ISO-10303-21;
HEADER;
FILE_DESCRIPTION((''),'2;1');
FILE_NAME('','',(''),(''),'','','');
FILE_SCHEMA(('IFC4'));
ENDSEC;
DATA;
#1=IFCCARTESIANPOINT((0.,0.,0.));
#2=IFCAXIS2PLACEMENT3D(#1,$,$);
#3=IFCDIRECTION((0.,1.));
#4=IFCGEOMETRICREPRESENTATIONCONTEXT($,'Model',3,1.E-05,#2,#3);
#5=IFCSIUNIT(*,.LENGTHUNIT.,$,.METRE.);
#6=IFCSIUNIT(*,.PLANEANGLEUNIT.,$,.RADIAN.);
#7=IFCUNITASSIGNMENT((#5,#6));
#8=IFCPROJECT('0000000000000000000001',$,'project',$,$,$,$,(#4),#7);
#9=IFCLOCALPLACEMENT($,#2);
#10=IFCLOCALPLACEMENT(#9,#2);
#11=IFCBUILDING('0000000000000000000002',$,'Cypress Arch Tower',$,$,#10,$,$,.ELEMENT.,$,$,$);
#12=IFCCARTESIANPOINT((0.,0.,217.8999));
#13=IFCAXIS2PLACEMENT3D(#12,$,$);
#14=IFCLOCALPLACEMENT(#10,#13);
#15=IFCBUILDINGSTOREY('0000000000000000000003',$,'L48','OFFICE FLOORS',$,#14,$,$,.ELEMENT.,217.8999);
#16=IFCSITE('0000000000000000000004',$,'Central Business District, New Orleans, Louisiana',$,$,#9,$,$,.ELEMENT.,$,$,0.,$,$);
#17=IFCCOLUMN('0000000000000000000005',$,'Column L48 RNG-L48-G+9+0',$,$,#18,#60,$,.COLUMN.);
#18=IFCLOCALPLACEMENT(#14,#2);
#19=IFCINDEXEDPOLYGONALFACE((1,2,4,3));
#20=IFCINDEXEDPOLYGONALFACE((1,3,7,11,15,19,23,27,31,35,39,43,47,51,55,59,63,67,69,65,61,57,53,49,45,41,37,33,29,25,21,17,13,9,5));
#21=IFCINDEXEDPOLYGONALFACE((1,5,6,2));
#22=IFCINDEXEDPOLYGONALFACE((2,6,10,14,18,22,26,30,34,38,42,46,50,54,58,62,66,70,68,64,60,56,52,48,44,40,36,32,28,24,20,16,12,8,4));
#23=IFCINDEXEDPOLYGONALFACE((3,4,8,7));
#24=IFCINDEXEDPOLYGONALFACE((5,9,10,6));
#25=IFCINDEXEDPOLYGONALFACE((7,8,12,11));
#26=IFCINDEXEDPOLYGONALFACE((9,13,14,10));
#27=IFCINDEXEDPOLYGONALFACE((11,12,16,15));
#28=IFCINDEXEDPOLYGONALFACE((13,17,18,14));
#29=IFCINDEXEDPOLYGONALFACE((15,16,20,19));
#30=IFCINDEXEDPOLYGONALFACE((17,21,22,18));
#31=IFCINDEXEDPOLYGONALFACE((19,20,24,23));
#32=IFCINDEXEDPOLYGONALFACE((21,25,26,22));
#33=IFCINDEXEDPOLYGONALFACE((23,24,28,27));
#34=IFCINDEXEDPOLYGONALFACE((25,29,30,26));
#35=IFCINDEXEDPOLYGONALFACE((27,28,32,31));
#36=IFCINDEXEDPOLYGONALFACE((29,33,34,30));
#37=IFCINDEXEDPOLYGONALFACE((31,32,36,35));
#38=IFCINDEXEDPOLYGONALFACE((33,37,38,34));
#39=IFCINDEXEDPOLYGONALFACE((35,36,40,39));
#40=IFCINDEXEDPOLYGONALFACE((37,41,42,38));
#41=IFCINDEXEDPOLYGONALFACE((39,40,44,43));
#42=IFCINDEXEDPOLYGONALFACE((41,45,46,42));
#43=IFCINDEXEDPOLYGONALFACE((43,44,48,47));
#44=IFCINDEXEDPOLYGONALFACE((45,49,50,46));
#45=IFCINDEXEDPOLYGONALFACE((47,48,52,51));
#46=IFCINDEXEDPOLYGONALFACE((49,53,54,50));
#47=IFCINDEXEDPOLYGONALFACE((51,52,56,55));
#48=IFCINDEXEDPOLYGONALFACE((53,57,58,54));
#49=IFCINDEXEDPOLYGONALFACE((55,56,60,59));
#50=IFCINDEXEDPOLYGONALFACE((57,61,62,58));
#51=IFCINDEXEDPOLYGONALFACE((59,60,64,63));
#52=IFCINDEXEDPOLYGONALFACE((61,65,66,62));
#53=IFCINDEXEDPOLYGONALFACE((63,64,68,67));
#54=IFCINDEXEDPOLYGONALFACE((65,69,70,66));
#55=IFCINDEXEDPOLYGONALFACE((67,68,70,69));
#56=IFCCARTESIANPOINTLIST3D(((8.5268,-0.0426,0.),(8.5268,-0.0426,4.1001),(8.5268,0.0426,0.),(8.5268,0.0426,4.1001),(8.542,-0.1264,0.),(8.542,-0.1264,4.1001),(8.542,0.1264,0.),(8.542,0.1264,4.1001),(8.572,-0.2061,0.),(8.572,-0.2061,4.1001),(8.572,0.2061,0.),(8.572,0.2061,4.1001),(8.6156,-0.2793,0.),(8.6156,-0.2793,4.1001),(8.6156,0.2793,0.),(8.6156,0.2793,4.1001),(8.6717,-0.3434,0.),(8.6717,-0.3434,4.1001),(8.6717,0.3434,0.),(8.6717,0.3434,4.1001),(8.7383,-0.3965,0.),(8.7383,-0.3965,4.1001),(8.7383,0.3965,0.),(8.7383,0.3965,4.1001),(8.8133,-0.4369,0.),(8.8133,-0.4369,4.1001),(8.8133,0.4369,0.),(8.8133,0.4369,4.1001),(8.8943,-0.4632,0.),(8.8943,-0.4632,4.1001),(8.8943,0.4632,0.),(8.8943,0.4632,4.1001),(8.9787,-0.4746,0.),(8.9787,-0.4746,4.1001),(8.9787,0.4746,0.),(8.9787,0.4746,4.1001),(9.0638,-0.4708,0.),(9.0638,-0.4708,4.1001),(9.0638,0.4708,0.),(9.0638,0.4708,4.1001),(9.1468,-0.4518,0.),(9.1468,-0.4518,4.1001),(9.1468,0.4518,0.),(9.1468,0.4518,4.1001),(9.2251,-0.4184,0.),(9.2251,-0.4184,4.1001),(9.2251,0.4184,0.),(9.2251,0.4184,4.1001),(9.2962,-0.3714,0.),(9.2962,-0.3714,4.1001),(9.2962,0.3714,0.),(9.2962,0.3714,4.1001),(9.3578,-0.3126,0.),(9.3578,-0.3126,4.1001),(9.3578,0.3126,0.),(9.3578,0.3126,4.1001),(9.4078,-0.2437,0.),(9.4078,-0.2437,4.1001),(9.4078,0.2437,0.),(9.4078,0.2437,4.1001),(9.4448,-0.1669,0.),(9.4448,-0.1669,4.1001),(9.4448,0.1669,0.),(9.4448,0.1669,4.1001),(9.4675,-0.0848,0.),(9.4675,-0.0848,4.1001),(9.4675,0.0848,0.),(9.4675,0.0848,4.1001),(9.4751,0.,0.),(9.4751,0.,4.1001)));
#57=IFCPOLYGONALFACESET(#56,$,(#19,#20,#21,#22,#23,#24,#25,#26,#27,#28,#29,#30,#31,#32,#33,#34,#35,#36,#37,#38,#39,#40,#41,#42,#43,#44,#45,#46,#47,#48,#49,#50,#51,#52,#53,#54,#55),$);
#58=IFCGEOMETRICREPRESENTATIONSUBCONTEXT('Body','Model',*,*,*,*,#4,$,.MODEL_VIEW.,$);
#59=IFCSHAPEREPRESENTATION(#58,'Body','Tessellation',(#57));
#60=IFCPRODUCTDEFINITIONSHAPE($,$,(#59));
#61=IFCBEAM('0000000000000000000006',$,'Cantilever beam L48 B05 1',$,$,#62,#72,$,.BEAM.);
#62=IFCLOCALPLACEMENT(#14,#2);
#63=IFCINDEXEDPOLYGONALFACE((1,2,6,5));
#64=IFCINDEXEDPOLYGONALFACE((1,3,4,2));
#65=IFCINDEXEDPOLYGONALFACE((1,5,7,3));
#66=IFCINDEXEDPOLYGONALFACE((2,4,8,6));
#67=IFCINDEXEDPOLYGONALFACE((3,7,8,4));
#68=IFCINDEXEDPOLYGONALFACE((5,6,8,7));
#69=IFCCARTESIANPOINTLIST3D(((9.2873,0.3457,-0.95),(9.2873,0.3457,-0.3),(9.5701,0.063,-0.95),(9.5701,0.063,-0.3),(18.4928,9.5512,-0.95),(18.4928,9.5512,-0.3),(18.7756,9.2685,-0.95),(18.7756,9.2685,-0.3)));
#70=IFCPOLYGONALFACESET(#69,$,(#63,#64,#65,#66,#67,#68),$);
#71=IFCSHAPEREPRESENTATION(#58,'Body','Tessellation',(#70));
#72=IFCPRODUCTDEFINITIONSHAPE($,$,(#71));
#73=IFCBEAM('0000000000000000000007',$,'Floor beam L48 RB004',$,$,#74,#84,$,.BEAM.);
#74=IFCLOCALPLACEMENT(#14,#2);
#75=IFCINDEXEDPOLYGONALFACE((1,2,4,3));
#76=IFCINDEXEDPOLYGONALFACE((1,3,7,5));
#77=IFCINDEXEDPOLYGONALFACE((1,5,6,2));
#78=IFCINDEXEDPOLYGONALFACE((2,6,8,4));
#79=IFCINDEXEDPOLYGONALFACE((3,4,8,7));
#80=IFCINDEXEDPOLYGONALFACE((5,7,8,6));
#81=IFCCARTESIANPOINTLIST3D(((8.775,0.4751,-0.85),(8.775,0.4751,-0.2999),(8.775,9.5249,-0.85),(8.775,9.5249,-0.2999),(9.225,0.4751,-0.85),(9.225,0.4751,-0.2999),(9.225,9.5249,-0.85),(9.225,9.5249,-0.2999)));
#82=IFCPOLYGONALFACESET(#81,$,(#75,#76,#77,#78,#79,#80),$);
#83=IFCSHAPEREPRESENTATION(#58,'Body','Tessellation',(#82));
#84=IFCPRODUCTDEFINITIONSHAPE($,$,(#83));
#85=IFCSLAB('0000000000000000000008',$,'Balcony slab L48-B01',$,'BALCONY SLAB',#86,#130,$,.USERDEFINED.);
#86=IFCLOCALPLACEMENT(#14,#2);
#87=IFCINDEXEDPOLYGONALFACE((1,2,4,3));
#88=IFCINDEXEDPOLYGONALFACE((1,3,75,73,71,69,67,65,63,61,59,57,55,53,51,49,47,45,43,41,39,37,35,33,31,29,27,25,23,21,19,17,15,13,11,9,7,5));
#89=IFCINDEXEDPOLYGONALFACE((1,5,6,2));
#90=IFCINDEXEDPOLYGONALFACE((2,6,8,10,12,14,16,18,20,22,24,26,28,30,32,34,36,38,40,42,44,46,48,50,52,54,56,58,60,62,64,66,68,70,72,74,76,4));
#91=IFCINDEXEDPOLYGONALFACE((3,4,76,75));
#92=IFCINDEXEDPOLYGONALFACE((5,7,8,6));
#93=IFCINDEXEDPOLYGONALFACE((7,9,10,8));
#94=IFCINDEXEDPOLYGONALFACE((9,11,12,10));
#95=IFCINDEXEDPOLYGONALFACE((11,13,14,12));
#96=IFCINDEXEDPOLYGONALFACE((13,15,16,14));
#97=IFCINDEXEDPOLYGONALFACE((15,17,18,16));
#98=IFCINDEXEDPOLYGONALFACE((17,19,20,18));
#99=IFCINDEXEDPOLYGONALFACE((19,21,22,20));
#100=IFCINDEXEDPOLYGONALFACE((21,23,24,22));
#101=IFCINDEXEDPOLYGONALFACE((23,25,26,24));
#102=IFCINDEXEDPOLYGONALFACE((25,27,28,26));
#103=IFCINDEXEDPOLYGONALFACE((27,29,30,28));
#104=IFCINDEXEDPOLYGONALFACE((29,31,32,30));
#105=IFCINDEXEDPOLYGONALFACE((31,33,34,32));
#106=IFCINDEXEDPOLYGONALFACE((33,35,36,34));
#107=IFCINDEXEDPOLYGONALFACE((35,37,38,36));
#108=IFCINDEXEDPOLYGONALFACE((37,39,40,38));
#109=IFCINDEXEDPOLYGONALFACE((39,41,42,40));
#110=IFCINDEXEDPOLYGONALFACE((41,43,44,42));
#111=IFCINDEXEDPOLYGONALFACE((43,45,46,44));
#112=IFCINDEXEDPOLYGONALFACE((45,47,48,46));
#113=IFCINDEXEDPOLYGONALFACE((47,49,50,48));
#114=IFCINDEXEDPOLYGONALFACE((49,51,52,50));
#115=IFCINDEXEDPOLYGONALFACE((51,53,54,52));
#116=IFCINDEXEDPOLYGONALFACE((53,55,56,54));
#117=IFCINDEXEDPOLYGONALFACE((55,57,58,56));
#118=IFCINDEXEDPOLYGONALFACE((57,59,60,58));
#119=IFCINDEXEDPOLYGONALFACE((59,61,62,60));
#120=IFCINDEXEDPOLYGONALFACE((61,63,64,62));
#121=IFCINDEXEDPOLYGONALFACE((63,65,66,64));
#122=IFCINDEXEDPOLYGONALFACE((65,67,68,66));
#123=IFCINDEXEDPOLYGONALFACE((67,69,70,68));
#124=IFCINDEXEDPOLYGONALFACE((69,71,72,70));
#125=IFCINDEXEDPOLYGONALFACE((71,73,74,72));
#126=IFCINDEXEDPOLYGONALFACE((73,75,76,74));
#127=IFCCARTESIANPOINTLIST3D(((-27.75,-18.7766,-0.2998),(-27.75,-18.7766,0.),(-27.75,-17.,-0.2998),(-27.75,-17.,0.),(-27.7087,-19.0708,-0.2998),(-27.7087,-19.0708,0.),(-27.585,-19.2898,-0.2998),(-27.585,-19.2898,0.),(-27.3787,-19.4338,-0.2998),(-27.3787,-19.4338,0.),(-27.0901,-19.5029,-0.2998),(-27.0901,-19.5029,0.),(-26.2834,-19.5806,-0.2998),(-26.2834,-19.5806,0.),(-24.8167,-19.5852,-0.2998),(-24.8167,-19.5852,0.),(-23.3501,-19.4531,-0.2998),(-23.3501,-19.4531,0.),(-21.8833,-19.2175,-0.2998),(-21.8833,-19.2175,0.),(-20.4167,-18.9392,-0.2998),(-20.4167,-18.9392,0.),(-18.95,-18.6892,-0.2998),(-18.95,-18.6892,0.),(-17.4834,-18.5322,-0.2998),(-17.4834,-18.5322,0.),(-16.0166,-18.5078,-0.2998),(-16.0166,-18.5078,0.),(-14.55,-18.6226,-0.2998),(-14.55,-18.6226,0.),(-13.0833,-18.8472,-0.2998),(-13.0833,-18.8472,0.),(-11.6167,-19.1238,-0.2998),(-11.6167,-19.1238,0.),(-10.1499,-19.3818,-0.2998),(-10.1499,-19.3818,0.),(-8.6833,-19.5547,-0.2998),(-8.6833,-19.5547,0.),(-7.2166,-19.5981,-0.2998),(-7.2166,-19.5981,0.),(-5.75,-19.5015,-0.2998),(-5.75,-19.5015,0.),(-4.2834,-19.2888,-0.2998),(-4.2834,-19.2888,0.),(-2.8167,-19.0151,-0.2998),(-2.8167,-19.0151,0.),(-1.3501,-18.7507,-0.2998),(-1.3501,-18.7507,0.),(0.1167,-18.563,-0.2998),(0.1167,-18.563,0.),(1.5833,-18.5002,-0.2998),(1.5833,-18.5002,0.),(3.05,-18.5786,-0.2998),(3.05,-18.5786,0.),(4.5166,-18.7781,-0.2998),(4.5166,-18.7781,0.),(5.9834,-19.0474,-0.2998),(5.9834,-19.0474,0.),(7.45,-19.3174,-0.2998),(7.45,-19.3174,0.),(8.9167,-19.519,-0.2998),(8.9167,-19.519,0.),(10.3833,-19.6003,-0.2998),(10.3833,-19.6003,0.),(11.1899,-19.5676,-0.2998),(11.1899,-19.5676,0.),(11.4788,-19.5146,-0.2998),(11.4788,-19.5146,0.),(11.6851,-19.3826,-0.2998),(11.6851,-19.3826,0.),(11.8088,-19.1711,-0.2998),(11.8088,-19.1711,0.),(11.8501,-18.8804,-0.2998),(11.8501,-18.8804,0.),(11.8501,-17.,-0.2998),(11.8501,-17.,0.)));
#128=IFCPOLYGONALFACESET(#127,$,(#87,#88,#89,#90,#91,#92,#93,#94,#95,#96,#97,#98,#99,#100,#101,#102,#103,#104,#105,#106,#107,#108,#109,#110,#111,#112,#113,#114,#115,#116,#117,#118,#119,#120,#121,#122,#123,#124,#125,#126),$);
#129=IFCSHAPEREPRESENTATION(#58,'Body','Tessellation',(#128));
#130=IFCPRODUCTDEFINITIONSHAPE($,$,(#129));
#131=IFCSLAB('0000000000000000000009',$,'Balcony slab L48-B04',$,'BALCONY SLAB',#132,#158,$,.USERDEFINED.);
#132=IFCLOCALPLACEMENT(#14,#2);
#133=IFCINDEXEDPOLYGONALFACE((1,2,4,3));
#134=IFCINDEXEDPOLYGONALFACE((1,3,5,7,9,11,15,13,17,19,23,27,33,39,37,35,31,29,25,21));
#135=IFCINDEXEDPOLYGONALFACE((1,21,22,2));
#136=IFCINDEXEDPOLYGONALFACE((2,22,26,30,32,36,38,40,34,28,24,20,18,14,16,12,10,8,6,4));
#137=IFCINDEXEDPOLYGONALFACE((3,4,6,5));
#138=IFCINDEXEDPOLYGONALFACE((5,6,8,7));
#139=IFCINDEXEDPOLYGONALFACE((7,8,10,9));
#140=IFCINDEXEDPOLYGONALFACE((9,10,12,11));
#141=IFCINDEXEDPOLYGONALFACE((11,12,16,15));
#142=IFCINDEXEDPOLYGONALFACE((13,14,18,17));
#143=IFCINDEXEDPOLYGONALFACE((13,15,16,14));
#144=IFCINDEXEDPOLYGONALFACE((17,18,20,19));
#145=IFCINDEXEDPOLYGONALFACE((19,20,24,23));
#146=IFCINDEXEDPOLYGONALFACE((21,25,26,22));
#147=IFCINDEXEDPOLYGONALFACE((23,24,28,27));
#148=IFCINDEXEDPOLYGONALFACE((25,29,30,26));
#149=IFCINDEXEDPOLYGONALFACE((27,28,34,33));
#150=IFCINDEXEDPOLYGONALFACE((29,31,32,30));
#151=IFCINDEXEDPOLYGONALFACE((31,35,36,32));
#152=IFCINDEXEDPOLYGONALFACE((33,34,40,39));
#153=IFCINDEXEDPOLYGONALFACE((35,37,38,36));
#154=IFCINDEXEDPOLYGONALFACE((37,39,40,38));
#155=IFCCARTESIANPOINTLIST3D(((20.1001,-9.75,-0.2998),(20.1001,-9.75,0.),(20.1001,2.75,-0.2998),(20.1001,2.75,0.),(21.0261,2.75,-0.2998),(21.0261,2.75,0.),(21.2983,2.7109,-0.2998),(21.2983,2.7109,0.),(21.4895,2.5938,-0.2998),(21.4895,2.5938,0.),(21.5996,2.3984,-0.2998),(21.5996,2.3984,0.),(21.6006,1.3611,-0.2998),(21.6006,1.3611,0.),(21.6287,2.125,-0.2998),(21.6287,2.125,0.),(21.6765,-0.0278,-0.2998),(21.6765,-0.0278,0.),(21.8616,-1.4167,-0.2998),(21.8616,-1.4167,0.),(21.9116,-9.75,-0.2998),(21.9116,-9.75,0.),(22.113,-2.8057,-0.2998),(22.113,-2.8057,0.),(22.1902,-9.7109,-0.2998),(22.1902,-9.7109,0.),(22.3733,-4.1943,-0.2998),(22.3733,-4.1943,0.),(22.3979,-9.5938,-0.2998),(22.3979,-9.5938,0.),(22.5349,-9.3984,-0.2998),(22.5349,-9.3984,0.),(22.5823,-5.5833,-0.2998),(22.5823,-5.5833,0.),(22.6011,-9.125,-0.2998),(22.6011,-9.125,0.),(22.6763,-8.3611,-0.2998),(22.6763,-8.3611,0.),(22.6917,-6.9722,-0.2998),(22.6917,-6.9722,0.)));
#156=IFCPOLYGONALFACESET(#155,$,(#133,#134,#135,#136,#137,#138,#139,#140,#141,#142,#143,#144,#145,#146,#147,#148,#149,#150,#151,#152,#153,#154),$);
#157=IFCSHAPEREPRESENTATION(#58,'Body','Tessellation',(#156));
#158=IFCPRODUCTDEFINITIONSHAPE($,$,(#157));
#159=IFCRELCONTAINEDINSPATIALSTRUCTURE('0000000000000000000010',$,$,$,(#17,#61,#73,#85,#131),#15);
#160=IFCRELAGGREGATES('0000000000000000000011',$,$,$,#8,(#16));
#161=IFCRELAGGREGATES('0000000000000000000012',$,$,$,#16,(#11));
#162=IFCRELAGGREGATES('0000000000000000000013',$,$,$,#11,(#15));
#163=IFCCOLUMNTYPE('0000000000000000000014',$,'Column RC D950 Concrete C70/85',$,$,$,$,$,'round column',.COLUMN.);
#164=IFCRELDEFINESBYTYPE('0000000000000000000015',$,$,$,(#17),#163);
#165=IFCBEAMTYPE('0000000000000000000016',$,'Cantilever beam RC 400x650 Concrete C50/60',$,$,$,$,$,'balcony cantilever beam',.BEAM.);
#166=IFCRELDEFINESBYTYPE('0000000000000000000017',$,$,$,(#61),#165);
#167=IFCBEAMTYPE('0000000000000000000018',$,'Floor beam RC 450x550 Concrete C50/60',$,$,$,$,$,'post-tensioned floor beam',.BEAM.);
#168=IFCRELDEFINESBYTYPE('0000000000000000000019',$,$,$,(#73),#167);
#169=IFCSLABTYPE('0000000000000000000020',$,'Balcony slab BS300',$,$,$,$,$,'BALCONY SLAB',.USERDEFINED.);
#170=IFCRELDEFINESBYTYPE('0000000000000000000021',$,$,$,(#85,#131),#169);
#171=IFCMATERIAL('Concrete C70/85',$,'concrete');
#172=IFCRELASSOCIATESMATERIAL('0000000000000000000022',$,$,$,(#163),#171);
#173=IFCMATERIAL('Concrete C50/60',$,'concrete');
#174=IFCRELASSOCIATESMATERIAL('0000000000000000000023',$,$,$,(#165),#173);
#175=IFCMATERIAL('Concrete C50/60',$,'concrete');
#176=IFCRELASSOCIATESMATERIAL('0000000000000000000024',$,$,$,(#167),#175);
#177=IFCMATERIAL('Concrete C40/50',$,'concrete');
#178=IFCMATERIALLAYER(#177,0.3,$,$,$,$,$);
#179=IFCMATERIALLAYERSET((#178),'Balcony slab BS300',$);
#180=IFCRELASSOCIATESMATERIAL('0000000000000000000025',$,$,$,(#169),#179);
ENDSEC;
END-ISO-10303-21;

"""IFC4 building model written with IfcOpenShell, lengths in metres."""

from ifc_helpers import new_model, si_unit, direction, frame, origin, origin_2d, place, context, subcontext, project, spatial, polyline, rectangle, circle, outline, extrude, material, layer, layer_set, material_profile, profile_set, type_object, element, save


model = new_model("IFC4")

# Units and contexts
model_context = context("Model", 3, precision=1e-05, world=origin(), true_north=direction((0.0, 1.0)))
body_context = subcontext(model_context, "Body", "Model", "MODEL_VIEW")
ifc_project = project(units=[si_unit("LENGTHUNIT", "METRE"), si_unit("PLANEANGLEUNIT", "RADIAN")], contexts=[model_context])

# Site, building, storey
site_placement = place(None, origin())
site = spatial("IfcSite", under=ifc_project, at=site_placement, Name="Central Business District, New Orleans, Louisiana", CompositionType="ELEMENT", RefElevation=0.0)
building_placement = place(site_placement, origin())
building = spatial("IfcBuilding", under=site, at=building_placement, Name="Cypress Arch Tower", CompositionType="ELEMENT")
storey_placement = place(building_placement, frame((0.0, 0.0, 217.8999)))
storey = spatial("IfcBuildingStorey", under=building, at=storey_placement, Name="L48", Description="OFFICE FLOORS", CompositionType="ELEMENT", Elevation=217.8999)

# Column
ifc_material_1 = material(Name="Concrete C70/85", Category="concrete")
ifc_material_profile_1 = material_profile(ifc_material_1, circle(Radius=0.4751, at=origin_2d()), Name="RC D950")
ifc_profile_set_1 = profile_set([ifc_material_profile_1], Name="Concrete C70/85")
column_type = type_object("IfcColumnType", Name="Column RC D950 Concrete C70/85", ElementType="round column", PredefinedType="COLUMN", material=ifc_profile_set_1)
column_placement = place(storey_placement, frame((9.0, 0.0, 0.0), z_axis=(0.0, 0.0, 1.0), x_axis=(1.0, 0.0, 0.0)))
element("IfcColumn", 1, at=column_placement, inside=storey, type_object=column_type, Name="Column L48 RNG-L48-G+9+0", PredefinedType="COLUMN", context=body_context, shape_type="SweptSolid", body=[
    extrude(circle(Radius=0.4751, at=origin_2d()), origin(), (0.0, 0.0, 1.0), 4.1001),
])

# Beams
ifc_material_2 = material(Name="Concrete C50/60", Category="concrete")
ifc_material_profile_2 = material_profile(ifc_material_2, rectangle(XDim=0.3999, YDim=0.6499, at=origin_2d()), Name="RC 400x650")
ifc_profile_set_2 = profile_set([ifc_material_profile_2], Name="Concrete C50/60")
beam_type_1 = type_object("IfcBeamType", Name="Cantilever beam RC 400x650 Concrete C50/60", ElementType="balcony cantilever beam", PredefinedType="BEAM", material=ifc_profile_set_2)
beam_1_placement = place(storey_placement, frame((9.4287, 0.2043, -0.625), z_axis=(0.707107, 0.707107, 0.0), x_axis=(-0.707107, 0.707107, 0.0)))
element("IfcBeam", 2, at=beam_1_placement, inside=storey, type_object=beam_type_1, Name="Cantilever beam L48 B05 1", PredefinedType="BEAM", context=body_context, shape_type="SweptSolid", body=[
    extrude(rectangle(XDim=0.3999, YDim=0.6499, at=origin_2d()), origin(), (0.0, 0.0, 1.0), 13.0186),
])
ifc_material_3 = material(Name="Concrete C50/60", Category="concrete")
ifc_material_profile_3 = material_profile(ifc_material_3, rectangle(XDim=0.45, YDim=0.55, at=origin_2d()), Name="RC 450x550")
ifc_profile_set_3 = profile_set([ifc_material_profile_3], Name="Concrete C50/60")
beam_type_2 = type_object("IfcBeamType", Name="Floor beam RC 450x550 Concrete C50/60", ElementType="post-tensioned floor beam", PredefinedType="BEAM", material=ifc_profile_set_3)
beam_2_placement = place(storey_placement, frame((9.0, 0.4751, -0.575), z_axis=(0.0, 1.0, 0.0), x_axis=(-1.0, 0.0, 0.0)))
element("IfcBeam", 3, at=beam_2_placement, inside=storey, type_object=beam_type_2, Name="Floor beam L48 RB004", PredefinedType="BEAM", context=body_context, shape_type="SweptSolid", body=[
    extrude(rectangle(XDim=0.45, YDim=0.55, at=origin_2d()), origin(), (0.0, 0.0, 1.0), 9.0498),
])

# Slabs
ifc_material_4 = material(Name="Concrete C40/50", Category="concrete")
ifc_layer_1 = layer(ifc_material_4, 0.3)
ifc_layer_set_1 = layer_set([ifc_layer_1], Name="Balcony slab BS300")
slab_type_1 = type_object("IfcSlabType", Name="Balcony slab BS300", ElementType="BALCONY SLAB", PredefinedType="USERDEFINED", material=ifc_layer_set_1)
slab_1_placement = place(storey_placement, frame((0.0, 0.0, -0.2998)))
element("IfcSlab", 4, at=slab_1_placement, inside=storey, type_object=slab_type_1, Name="Balcony slab L48-B01", ObjectType="BALCONY SLAB", PredefinedType="USERDEFINED", context=body_context, shape_type="SweptSolid", body=[
    extrude(outline(polyline([(-27.75, -17.0), (-27.75, -18.7766), (-27.7087, -19.0708), (-27.585, -19.2898), (-27.3787, -19.4338), (-27.0901, -19.5029), (-26.2834, -19.5806), (-24.8167, -19.5852), (-23.3501, -19.4531), (-21.8833, -19.2175), (-20.4167, -18.9392), (-18.95, -18.6892), (-17.4834, -18.5322), (-16.0166, -18.5078), (-14.55, -18.6226), (-13.0833, -18.8472), (-11.6167, -19.1238), (-10.1499, -19.3818), (-8.6833, -19.5547), (-7.2166, -19.5981), (-5.75, -19.5015), (-4.2834, -19.2888), (-2.8167, -19.0151), (-1.3501, -18.7507), (0.1167, -18.563), (1.5833, -18.5002), (3.05, -18.5786), (4.5166, -18.7781), (5.9834, -19.0474), (7.45, -19.3174), (8.9167, -19.519), (10.3833, -19.6003), (11.1899, -19.5676), (11.4788, -19.5146), (11.6851, -19.3826), (11.8088, -19.1711), (11.8501, -18.8804), (11.8501, -17.0), (-27.75, -17.0)])), origin(), (0.0, 0.0, 1.0), 0.2998),
])
slab_2_placement = place(storey_placement, frame((0.0, 0.0, -0.2998)))
element("IfcSlab", 5, at=slab_2_placement, inside=storey, type_object=slab_type_1, Name="Balcony slab L48-B04", ObjectType="BALCONY SLAB", PredefinedType="USERDEFINED", context=body_context, shape_type="SweptSolid", body=[
    extrude(outline(polyline([(20.1001, -9.75), (21.9116, -9.75), (22.1902, -9.7109), (22.3979, -9.5938), (22.5349, -9.3984), (22.6011, -9.125), (22.6763, -8.3611), (22.6917, -6.9722), (22.5823, -5.5833), (22.3733, -4.1943), (22.113, -2.8057), (21.8616, -1.4167), (21.6765, -0.0278), (21.6006, 1.3611), (21.6287, 2.125), (21.5996, 2.3984), (21.4895, 2.5938), (21.2983, 2.7109), (21.0261, 2.75), (20.1001, 2.75), (20.1001, -9.75)])), origin(), (0.0, 0.0, 1.0), 0.2998),
])

save(model, "model.ifc")
